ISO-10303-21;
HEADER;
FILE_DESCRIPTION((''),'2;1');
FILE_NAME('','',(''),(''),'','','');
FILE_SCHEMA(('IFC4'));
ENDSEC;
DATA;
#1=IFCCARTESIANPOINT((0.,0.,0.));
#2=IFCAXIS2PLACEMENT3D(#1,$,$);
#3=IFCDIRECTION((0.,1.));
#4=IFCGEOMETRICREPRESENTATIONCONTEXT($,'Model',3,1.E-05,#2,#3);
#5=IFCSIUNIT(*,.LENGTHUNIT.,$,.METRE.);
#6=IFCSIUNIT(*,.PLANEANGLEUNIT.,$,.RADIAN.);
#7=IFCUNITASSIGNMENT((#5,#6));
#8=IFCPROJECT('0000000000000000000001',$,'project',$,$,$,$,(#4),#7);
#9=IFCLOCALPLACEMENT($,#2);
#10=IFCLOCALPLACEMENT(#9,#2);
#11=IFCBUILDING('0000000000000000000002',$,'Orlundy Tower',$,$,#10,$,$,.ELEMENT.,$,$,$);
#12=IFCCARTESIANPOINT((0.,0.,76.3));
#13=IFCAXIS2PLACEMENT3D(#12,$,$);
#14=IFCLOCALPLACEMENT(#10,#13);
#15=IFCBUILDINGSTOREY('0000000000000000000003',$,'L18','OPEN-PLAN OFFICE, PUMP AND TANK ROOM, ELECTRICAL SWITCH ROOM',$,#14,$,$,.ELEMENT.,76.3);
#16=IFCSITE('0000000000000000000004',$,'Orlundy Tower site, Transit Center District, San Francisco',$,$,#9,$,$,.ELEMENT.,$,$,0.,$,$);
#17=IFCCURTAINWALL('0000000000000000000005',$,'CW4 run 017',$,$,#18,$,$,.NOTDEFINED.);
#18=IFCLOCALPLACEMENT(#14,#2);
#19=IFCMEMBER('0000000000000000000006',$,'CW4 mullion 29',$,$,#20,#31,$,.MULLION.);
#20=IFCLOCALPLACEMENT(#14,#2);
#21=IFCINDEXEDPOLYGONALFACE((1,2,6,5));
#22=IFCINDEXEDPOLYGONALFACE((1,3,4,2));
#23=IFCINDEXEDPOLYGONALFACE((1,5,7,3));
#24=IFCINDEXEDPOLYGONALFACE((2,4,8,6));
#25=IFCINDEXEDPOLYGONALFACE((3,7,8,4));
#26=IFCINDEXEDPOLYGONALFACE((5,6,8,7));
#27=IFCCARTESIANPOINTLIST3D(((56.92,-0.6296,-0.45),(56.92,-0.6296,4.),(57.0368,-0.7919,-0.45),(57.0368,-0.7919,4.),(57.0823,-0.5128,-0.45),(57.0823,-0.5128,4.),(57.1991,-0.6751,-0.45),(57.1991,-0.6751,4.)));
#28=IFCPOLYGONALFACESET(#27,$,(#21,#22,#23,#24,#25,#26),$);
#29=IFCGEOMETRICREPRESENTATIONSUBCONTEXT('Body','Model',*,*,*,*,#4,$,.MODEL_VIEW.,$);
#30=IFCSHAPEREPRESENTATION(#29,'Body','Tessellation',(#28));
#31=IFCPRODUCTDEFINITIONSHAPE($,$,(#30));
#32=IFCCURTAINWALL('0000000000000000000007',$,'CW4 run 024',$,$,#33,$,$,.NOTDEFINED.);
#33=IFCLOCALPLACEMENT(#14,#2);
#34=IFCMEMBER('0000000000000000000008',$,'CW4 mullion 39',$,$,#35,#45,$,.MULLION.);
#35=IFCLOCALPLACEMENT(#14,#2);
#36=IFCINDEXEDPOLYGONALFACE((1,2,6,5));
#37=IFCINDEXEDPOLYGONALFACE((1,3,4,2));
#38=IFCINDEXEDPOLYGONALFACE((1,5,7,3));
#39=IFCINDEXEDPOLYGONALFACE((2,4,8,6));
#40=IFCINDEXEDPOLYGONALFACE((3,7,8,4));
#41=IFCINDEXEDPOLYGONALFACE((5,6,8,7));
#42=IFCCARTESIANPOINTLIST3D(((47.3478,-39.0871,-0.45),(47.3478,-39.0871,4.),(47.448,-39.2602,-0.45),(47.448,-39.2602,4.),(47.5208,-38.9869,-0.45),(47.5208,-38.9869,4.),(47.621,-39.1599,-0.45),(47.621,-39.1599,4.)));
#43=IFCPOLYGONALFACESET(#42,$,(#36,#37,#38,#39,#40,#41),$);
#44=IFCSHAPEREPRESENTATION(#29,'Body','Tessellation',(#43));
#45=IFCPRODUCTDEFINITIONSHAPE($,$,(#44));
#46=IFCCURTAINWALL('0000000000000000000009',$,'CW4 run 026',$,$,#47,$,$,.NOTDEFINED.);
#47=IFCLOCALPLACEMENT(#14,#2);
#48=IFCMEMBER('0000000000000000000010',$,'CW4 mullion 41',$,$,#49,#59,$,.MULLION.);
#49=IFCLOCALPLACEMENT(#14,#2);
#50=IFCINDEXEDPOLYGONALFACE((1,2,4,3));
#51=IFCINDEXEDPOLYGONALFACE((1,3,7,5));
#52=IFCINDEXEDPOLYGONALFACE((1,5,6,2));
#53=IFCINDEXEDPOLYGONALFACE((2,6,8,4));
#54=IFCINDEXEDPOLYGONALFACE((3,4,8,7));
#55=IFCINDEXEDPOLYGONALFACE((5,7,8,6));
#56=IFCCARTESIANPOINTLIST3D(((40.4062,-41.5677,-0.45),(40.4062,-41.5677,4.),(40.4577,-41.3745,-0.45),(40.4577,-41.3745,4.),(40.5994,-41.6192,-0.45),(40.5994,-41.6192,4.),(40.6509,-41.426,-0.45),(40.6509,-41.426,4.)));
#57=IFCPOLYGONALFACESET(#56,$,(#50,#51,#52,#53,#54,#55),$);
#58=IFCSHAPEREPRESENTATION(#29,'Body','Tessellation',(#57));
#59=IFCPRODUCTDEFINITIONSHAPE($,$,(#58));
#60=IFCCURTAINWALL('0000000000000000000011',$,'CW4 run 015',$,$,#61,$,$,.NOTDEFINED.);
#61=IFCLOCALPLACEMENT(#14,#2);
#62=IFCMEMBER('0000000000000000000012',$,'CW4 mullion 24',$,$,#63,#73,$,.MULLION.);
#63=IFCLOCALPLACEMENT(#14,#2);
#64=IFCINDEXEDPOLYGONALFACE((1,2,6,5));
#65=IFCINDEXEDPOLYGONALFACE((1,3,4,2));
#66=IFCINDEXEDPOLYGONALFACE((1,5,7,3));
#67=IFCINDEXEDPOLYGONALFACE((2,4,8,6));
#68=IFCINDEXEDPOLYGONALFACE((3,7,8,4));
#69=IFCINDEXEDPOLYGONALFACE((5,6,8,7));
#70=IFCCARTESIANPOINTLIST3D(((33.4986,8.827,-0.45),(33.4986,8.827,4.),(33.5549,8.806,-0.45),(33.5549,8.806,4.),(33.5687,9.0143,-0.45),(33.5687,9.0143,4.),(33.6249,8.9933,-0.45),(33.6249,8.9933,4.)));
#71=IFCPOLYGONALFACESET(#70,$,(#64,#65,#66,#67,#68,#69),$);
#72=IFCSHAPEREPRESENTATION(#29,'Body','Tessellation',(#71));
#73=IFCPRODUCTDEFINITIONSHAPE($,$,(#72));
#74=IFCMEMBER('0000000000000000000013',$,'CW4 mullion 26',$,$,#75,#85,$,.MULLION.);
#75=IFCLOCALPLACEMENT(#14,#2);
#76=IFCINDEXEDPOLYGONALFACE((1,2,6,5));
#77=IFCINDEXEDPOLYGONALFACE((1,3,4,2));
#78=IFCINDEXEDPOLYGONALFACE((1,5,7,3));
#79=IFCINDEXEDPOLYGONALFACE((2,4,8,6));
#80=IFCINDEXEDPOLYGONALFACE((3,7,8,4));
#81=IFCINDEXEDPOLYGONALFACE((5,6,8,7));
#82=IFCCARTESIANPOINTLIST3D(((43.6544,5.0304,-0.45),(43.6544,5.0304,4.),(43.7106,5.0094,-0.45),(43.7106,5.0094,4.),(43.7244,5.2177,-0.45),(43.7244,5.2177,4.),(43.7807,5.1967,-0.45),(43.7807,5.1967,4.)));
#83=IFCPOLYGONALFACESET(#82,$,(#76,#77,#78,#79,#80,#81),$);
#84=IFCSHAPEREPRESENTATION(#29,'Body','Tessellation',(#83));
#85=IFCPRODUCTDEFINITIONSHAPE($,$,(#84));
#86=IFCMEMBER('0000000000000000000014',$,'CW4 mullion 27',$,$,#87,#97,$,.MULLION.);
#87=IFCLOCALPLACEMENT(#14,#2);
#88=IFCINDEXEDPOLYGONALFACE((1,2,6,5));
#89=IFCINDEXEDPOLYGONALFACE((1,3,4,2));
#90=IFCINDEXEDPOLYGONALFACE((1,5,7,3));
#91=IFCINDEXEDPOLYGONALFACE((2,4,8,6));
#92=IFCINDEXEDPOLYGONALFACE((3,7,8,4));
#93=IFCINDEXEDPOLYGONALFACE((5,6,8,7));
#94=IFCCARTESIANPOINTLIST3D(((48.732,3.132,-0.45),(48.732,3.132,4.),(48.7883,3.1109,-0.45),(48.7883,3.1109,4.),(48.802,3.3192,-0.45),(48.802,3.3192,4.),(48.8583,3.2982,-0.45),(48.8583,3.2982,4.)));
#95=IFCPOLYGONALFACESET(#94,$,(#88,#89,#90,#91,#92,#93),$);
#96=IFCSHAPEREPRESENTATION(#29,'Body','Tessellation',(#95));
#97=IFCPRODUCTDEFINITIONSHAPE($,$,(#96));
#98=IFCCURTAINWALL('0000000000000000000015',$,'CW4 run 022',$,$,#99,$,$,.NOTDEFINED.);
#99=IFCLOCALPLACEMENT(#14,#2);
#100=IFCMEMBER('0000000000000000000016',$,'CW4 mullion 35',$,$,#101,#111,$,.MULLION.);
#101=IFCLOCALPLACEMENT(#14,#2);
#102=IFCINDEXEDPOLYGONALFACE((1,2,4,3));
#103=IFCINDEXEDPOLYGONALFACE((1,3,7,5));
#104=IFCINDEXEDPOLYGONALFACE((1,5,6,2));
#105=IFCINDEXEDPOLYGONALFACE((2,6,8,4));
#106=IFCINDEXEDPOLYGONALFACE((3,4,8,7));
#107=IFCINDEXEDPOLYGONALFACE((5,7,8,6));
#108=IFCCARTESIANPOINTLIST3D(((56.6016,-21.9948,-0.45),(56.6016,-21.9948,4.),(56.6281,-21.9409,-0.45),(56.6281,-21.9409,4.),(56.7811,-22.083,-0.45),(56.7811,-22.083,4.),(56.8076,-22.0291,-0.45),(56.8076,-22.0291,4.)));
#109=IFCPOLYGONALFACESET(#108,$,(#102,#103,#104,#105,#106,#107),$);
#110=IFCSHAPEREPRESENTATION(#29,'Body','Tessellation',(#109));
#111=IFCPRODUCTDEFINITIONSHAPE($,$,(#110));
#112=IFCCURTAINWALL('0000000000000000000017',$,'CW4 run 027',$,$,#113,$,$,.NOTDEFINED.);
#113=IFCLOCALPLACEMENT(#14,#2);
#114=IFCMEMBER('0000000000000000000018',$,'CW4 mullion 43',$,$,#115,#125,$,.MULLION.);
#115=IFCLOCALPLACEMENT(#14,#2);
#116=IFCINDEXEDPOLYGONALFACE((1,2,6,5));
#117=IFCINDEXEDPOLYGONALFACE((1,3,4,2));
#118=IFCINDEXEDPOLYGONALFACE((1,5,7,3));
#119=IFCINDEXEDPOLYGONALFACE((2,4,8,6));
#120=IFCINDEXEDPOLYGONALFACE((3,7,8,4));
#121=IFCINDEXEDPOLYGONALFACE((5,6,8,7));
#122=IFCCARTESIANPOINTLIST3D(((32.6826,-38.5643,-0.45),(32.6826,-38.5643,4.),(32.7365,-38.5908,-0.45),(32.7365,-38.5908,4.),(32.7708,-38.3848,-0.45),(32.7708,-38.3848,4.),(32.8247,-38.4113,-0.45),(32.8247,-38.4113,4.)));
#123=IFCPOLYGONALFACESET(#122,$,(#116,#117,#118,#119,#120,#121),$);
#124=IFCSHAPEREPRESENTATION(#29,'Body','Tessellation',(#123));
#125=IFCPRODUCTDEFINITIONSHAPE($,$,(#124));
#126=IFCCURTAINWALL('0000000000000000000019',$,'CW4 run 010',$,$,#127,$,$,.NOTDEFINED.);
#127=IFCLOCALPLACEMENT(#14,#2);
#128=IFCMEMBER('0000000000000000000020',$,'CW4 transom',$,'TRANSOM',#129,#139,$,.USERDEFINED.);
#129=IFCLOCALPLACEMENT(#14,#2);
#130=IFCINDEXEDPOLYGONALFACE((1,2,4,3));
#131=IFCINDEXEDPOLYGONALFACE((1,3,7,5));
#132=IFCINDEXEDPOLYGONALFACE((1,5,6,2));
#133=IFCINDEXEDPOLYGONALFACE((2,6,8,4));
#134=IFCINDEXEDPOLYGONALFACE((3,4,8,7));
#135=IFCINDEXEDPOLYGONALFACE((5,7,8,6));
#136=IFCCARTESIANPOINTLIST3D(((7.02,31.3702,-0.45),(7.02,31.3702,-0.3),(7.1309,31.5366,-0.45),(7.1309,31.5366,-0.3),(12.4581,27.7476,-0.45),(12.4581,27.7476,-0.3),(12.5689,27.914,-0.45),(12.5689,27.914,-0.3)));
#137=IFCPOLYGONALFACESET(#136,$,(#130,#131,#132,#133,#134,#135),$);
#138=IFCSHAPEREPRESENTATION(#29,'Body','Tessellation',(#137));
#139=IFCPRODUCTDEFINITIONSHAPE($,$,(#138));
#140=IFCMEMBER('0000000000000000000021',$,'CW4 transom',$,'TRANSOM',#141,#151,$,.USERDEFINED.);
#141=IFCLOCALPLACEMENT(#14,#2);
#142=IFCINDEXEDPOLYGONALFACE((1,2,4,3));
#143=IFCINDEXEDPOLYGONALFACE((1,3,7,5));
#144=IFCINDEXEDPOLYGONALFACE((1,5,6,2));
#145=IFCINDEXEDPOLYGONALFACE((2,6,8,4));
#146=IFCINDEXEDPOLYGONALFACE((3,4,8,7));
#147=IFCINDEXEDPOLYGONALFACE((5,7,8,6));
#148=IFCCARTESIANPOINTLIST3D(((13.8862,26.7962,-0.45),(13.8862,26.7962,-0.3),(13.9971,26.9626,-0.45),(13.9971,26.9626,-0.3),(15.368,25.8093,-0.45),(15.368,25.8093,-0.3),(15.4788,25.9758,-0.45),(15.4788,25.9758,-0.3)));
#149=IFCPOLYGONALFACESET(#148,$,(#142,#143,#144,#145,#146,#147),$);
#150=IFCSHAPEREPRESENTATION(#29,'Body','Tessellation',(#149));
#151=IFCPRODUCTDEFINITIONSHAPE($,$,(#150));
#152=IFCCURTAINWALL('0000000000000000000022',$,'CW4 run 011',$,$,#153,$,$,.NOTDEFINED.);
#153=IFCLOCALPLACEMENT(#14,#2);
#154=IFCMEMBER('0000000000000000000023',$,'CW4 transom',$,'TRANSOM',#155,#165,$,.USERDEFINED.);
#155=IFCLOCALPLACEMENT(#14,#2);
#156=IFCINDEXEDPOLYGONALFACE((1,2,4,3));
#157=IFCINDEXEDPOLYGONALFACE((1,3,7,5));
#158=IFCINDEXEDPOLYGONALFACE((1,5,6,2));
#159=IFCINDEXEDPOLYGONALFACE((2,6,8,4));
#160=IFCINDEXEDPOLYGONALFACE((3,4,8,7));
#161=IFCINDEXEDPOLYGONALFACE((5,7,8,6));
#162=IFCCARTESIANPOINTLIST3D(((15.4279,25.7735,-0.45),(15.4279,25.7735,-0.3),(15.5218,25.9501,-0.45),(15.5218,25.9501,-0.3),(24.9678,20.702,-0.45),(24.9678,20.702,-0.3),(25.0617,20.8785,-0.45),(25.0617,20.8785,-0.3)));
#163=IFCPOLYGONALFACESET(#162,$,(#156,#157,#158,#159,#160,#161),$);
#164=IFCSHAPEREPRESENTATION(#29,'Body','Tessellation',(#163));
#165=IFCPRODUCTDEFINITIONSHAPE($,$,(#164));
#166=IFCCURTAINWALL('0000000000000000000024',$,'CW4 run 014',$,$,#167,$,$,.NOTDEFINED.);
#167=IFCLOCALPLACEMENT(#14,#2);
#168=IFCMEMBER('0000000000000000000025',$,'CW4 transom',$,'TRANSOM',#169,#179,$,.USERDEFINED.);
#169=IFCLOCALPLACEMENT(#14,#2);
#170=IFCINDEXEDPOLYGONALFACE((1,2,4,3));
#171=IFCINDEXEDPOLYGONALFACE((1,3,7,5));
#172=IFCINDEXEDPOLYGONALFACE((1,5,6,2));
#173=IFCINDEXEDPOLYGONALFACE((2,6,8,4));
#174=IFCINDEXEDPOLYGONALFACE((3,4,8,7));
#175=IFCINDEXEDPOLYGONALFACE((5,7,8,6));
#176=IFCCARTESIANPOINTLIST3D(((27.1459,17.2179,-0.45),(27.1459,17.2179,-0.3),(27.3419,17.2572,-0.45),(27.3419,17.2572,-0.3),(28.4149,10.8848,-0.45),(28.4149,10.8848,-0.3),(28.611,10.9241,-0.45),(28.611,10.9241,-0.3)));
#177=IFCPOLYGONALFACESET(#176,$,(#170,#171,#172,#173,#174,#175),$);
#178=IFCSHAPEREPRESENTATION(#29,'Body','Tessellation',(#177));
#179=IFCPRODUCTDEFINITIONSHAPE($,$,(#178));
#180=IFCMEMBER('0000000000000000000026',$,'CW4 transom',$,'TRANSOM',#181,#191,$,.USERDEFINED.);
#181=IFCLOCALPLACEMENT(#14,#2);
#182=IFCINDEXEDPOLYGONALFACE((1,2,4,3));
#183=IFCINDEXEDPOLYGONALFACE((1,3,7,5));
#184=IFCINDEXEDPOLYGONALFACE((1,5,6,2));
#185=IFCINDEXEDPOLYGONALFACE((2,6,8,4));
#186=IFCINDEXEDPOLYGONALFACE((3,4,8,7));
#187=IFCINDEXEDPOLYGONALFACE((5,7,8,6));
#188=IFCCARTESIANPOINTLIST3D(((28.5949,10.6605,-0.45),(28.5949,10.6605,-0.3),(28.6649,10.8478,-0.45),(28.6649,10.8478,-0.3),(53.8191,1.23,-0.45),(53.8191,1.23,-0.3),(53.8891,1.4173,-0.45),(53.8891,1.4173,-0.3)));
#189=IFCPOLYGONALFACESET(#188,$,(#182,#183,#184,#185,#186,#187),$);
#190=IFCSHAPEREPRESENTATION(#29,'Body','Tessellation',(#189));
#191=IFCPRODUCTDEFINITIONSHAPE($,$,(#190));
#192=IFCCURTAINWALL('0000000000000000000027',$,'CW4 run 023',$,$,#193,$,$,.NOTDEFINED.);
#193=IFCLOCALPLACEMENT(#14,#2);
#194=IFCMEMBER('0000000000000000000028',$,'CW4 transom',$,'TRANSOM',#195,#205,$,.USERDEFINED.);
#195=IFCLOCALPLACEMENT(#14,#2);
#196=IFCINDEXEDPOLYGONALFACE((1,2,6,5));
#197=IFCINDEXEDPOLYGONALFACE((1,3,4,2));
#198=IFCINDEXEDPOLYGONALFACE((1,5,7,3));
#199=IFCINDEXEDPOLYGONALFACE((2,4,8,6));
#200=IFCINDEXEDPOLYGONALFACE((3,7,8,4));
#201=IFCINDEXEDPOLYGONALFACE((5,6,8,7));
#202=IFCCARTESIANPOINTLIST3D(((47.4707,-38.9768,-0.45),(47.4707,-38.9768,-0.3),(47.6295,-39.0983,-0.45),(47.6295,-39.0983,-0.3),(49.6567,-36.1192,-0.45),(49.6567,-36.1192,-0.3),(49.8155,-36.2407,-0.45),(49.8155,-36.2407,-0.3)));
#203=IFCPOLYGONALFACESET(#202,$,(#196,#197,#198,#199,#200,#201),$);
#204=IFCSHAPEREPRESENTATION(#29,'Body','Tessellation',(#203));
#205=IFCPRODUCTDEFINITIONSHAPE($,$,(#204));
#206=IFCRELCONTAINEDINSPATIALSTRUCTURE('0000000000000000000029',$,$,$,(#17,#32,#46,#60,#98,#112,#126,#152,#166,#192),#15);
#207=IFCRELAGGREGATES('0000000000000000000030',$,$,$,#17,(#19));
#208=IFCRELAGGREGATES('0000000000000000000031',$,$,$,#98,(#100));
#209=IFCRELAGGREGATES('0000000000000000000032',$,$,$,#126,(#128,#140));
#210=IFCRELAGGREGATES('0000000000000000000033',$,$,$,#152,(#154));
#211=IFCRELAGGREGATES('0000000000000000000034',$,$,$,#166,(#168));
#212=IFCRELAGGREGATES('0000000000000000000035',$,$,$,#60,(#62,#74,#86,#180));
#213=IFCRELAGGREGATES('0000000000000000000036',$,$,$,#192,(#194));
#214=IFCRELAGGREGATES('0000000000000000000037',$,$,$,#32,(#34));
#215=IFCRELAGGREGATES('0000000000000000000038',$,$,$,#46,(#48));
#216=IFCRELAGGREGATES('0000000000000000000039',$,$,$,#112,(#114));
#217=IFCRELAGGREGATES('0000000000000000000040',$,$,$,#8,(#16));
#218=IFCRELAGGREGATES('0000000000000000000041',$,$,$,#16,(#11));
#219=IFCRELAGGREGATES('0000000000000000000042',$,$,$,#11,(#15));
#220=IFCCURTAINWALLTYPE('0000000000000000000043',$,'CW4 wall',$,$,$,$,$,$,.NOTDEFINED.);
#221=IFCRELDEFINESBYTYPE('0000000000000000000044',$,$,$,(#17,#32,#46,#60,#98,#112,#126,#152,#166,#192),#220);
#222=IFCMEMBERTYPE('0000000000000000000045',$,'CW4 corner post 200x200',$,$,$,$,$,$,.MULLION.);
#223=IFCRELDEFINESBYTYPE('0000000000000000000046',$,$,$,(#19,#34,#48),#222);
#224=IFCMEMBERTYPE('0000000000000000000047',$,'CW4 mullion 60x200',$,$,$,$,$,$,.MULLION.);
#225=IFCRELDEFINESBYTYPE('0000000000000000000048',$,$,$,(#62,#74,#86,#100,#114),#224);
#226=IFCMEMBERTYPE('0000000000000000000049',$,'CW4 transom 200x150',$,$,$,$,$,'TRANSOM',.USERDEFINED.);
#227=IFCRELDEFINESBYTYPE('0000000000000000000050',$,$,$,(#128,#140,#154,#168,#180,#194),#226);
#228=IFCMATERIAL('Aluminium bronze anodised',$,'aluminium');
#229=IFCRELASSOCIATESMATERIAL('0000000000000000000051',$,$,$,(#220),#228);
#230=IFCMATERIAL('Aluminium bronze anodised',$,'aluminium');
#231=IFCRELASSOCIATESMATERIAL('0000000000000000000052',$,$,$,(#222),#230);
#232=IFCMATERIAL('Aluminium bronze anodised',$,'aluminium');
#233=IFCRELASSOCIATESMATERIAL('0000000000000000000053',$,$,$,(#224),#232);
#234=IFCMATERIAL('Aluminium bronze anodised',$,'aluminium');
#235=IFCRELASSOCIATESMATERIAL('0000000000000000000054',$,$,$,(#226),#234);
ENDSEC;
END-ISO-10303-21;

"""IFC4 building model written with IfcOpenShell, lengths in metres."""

from ifc_helpers import new_model, si_unit, direction, frame, origin, origin_2d, place, context, subcontext, project, spatial, rectangle, extrude, material, material_profile, profile_set, type_object, element, aggregate, save


model = new_model("IFC4")

# Units and contexts
model_context = context("Model", 3, precision=1e-05, world=origin(), true_north=direction((0.0, 1.0)))
body_context = subcontext(model_context, "Body", "Model", "MODEL_VIEW")
ifc_project = project(units=[si_unit("LENGTHUNIT", "METRE"), si_unit("PLANEANGLEUNIT", "RADIAN")], contexts=[model_context])

# Site, building, storey
site_placement = place(None, origin())
site = spatial("IfcSite", under=ifc_project, at=site_placement, Name="Orlundy Tower site, Transit Center District, San Francisco", CompositionType="ELEMENT", RefElevation=0.0)
building_placement = place(site_placement, origin())
building = spatial("IfcBuilding", under=site, at=building_placement, Name="Orlundy Tower", CompositionType="ELEMENT")
storey_placement = place(building_placement, frame((0.0, 0.0, 76.3)))
storey = spatial("IfcBuildingStorey", under=building, at=storey_placement, Name="L18", Description="OPEN-PLAN OFFICE, PUMP AND TANK ROOM, ELECTRICAL SWITCH ROOM", CompositionType="ELEMENT", Elevation=76.3)

# Curtain walls, members
ifc_material_1 = material(Name="Aluminium bronze anodised", Category="aluminium")
curtain_wall_type = type_object("IfcCurtainWallType", Name="CW4 wall", PredefinedType="NOTDEFINED", material=ifc_material_1)
curtain_wall_1_placement = place(storey_placement, origin())
curtain_wall_1 = element("IfcCurtainWall", 1, at=curtain_wall_1_placement, inside=storey, type_object=curtain_wall_type, Name="CW4 run 017", PredefinedType="NOTDEFINED")
ifc_material_2 = material(Name="Aluminium bronze anodised", Category="aluminium")
ifc_material_profile_1 = material_profile(ifc_material_2, rectangle(XDim=0.2, YDim=0.2, at=origin_2d()), Name="CW4 corner post 200x200")
ifc_profile_set_1 = profile_set([ifc_material_profile_1], Name="Aluminium bronze anodised")
member_type_1 = type_object("IfcMemberType", Name="CW4 corner post 200x200", PredefinedType="MULLION", material=ifc_profile_set_1)
member_1_placement = place(storey_placement, frame((57.0596, -0.6523, -0.45), z_axis=(0.0, 0.0, 1.0), x_axis=(0.811724, 0.584042, 0.0)))
member_1 = element("IfcMember", 2, at=member_1_placement, type_object=member_type_1, Name="CW4 mullion 29", PredefinedType="MULLION", context=body_context, shape_type="SweptSolid", body=[
    extrude(rectangle(XDim=0.2, YDim=0.2, at=origin_2d()), origin(), (0.0, 0.0, 1.0), 4.45),
])
aggregate(curtain_wall_1, [member_1])
curtain_wall_2_placement = place(storey_placement, origin())
curtain_wall_2 = element("IfcCurtainWall", 3, at=curtain_wall_2_placement, inside=storey, type_object=curtain_wall_type, Name="CW4 run 024", PredefinedType="NOTDEFINED")
member_2_placement = place(storey_placement, frame((47.4844, -39.1235, -0.45), z_axis=(0.0, 0.0, 1.0), x_axis=(0.501302, -0.865272, 0.0)))
member_2 = element("IfcMember", 4, at=member_2_placement, type_object=member_type_1, Name="CW4 mullion 39", PredefinedType="MULLION", context=body_context, shape_type="SweptSolid", body=[
    extrude(rectangle(XDim=0.2, YDim=0.2, at=origin_2d()), origin(), (0.0, 0.0, 1.0), 4.45),
])
curtain_wall_3_placement = place(storey_placement, origin())
curtain_wall_3 = element("IfcCurtainWall", 5, at=curtain_wall_3_placement, inside=storey, type_object=curtain_wall_type, Name="CW4 run 026", PredefinedType="NOTDEFINED")
member_3_placement = place(storey_placement, frame((40.5286, -41.4968, -0.45), z_axis=(0.0, 0.0, 1.0), x_axis=(-0.257679, -0.96623, 0.0)))
member_3 = element("IfcMember", 6, at=member_3_placement, type_object=member_type_1, Name="CW4 mullion 41", PredefinedType="MULLION", context=body_context, shape_type="SweptSolid", body=[
    extrude(rectangle(XDim=0.2, YDim=0.2, at=origin_2d()), origin(), (0.0, 0.0, 1.0), 4.45),
])

# Curtain wall, members
curtain_wall_4_placement = place(storey_placement, origin())
curtain_wall_4 = element("IfcCurtainWall", 7, at=curtain_wall_4_placement, inside=storey, type_object=curtain_wall_type, Name="CW4 run 015", PredefinedType="NOTDEFINED")
ifc_material_3 = material(Name="Aluminium bronze anodised", Category="aluminium")
ifc_material_profile_2 = material_profile(ifc_material_3, rectangle(XDim=0.2, YDim=0.0601, at=origin_2d()), Name="CW4 mullion 60x200")
ifc_profile_set_2 = profile_set([ifc_material_profile_2], Name="Aluminium bronze anodised")
member_type_2 = type_object("IfcMemberType", Name="CW4 mullion 60x200", PredefinedType="MULLION", material=ifc_profile_set_2)
member_4_placement = place(storey_placement, frame((33.5618, 8.9102, -0.45), z_axis=(0.0, 0.0, 1.0), x_axis=(0.350189, 0.936679, 0.0)))
member_4 = element("IfcMember", 8, at=member_4_placement, type_object=member_type_2, Name="CW4 mullion 24", PredefinedType="MULLION", context=body_context, shape_type="SweptSolid", body=[
    extrude(rectangle(XDim=0.2, YDim=0.0601, at=origin_2d()), origin(), (0.0, 0.0, 1.0), 4.45),
])
member_5_placement = place(storey_placement, frame((43.7175, 5.1135, -0.45), z_axis=(0.0, 0.0, 1.0), x_axis=(0.350189, 0.936679, 0.0)))
member_5 = element("IfcMember", 9, at=member_5_placement, type_object=member_type_2, Name="CW4 mullion 26", PredefinedType="MULLION", context=body_context, shape_type="SweptSolid", body=[
    extrude(rectangle(XDim=0.2, YDim=0.0601, at=origin_2d()), origin(), (0.0, 0.0, 1.0), 4.45),
])
member_6_placement = place(storey_placement, frame((48.7952, 3.2151, -0.45), z_axis=(0.0, 0.0, 1.0), x_axis=(0.350189, 0.936679, 0.0)))
member_6 = element("IfcMember", 10, at=member_6_placement, type_object=member_type_2, Name="CW4 mullion 27", PredefinedType="MULLION", context=body_context, shape_type="SweptSolid", body=[
    extrude(rectangle(XDim=0.2, YDim=0.0601, at=origin_2d()), origin(), (0.0, 0.0, 1.0), 4.45),
])

# Curtain walls, members
curtain_wall_5_placement = place(storey_placement, origin())
curtain_wall_5 = element("IfcCurtainWall", 11, at=curtain_wall_5_placement, inside=storey, type_object=curtain_wall_type, Name="CW4 run 022", PredefinedType="NOTDEFINED")
member_7_placement = place(storey_placement, frame((56.7046, -22.012, -0.45), z_axis=(0.0, 0.0, 1.0), x_axis=(0.897501, -0.441012, 0.0)))
member_7 = element("IfcMember", 12, at=member_7_placement, type_object=member_type_2, Name="CW4 mullion 35", PredefinedType="MULLION", context=body_context, shape_type="SweptSolid", body=[
    extrude(rectangle(XDim=0.2, YDim=0.0601, at=origin_2d()), origin(), (0.0, 0.0, 1.0), 4.45),
])
aggregate(curtain_wall_5, [member_7])
curtain_wall_6_placement = place(storey_placement, origin())
curtain_wall_6 = element("IfcCurtainWall", 13, at=curtain_wall_6_placement, inside=storey, type_object=curtain_wall_type, Name="CW4 run 027", PredefinedType="NOTDEFINED")
member_8_placement = place(storey_placement, frame((32.7537, -38.4878, -0.45), z_axis=(0.0, 0.0, 1.0), x_axis=(-0.440969, -0.897522, 0.0)))
member_8 = element("IfcMember", 14, at=member_8_placement, type_object=member_type_2, Name="CW4 mullion 43", PredefinedType="MULLION", context=body_context, shape_type="SweptSolid", body=[
    extrude(rectangle(XDim=0.2, YDim=0.0601, at=origin_2d()), origin(), (0.0, 0.0, 1.0), 4.45),
])

# Curtain wall, members
curtain_wall_7_placement = place(storey_placement, origin())
curtain_wall_7 = element("IfcCurtainWall", 15, at=curtain_wall_7_placement, inside=storey, type_object=curtain_wall_type, Name="CW4 run 010", PredefinedType="NOTDEFINED")
ifc_material_4 = material(Name="Aluminium bronze anodised", Category="aluminium")
ifc_material_profile_3 = material_profile(ifc_material_4, rectangle(XDim=0.2, YDim=0.1499, at=origin_2d()), Name="CW4 transom 200x150")
ifc_profile_set_3 = profile_set([ifc_material_profile_3], Name="Aluminium bronze anodised")
member_type_3 = type_object("IfcMemberType", Name="CW4 transom 200x150", ElementType="TRANSOM", PredefinedType="USERDEFINED", material=ifc_profile_set_3)
member_9_placement = place(storey_placement, frame((7.0754, 31.4534, -0.375), z_axis=(0.832246, -0.554407, 0.0), x_axis=(0.554407, 0.832246, 0.0)))
member_9 = element("IfcMember", 16, at=member_9_placement, type_object=member_type_3, Name="CW4 transom", ObjectType="TRANSOM", PredefinedType="USERDEFINED", context=body_context, shape_type="SweptSolid", body=[
    extrude(rectangle(XDim=0.2, YDim=0.1499, at=origin_2d()), origin(), (0.0, 0.0, 1.0), 6.5342),
])
member_10_placement = place(storey_placement, frame((13.9417, 26.8794, -0.375), z_axis=(0.832303, -0.55432, 0.0), x_axis=(0.55432, 0.832303, 0.0)))
member_10 = element("IfcMember", 17, at=member_10_placement, type_object=member_type_3, Name="CW4 transom", ObjectType="TRANSOM", PredefinedType="USERDEFINED", context=body_context, shape_type="SweptSolid", body=[
    extrude(rectangle(XDim=0.2, YDim=0.1499, at=origin_2d()), origin(), (0.0, 0.0, 1.0), 1.7803),
])
aggregate(curtain_wall_7, [member_9, member_10])

# Curtain walls, members
curtain_wall_8_placement = place(storey_placement, origin())
curtain_wall_8 = element("IfcCurtainWall", 18, at=curtain_wall_8_placement, inside=storey, type_object=curtain_wall_type, Name="CW4 run 011", PredefinedType="NOTDEFINED")
member_11_placement = place(storey_placement, frame((15.4749, 25.8618, -0.375), z_axis=(0.882981, -0.469409, 0.0), x_axis=(0.469409, 0.882981, 0.0)))
member_11 = element("IfcMember", 19, at=member_11_placement, type_object=member_type_3, Name="CW4 transom", ObjectType="TRANSOM", PredefinedType="USERDEFINED", context=body_context, shape_type="SweptSolid", body=[
    extrude(rectangle(XDim=0.2, YDim=0.1499, at=origin_2d()), origin(), (0.0, 0.0, 1.0), 10.8042),
])
aggregate(curtain_wall_8, [member_11])
curtain_wall_9_placement = place(storey_placement, origin())
curtain_wall_9 = element("IfcCurtainWall", 20, at=curtain_wall_9_placement, inside=storey, type_object=curtain_wall_type, Name="CW4 run 014", PredefinedType="NOTDEFINED")
member_12_placement = place(storey_placement, frame((27.2439, 17.2375, -0.375), z_axis=(0.19648, -0.980508, 0.0), x_axis=(0.980508, 0.19648, 0.0)))
member_12 = element("IfcMember", 21, at=member_12_placement, type_object=member_type_3, Name="CW4 transom", ObjectType="TRANSOM", PredefinedType="USERDEFINED", context=body_context, shape_type="SweptSolid", body=[
    extrude(rectangle(XDim=0.2, YDim=0.1499, at=origin_2d()), origin(), (0.0, 0.0, 1.0), 6.459),
])
aggregate(curtain_wall_9, [member_12])

# Member
member_13_placement = place(storey_placement, frame((28.6299, 10.7542, -0.375), z_axis=(0.936678, -0.350191, 0.0), x_axis=(0.350191, 0.936678, 0.0)))
member_13 = element("IfcMember", 22, at=member_13_placement, type_object=member_type_3, Name="CW4 transom", ObjectType="TRANSOM", PredefinedType="USERDEFINED", context=body_context, shape_type="SweptSolid", body=[
    extrude(rectangle(XDim=0.2, YDim=0.1499, at=origin_2d()), origin(), (0.0, 0.0, 1.0), 26.9294),
])
aggregate(curtain_wall_4, [member_4, member_5, member_6, member_13])

# Curtain wall, member
curtain_wall_10_placement = place(storey_placement, origin())
curtain_wall_10 = element("IfcCurtainWall", 23, at=curtain_wall_10_placement, inside=storey, type_object=curtain_wall_type, Name="CW4 run 023", PredefinedType="NOTDEFINED")
member_14_placement = place(storey_placement, frame((49.7361, -36.1799, -0.375), z_axis=(-0.607584, -0.794256, 0.0), x_axis=(0.794256, -0.607584, 0.0)))
member_14 = element("IfcMember", 24, at=member_14_placement, type_object=member_type_3, Name="CW4 transom", ObjectType="TRANSOM", PredefinedType="USERDEFINED", context=body_context, shape_type="SweptSolid", body=[
    extrude(rectangle(XDim=0.2, YDim=0.1499, at=origin_2d()), origin(), (0.0, 0.0, 1.0), 3.5979),
])
aggregate(curtain_wall_10, [member_14])

aggregate(curtain_wall_2, [member_2])

aggregate(curtain_wall_3, [member_3])
aggregate(curtain_wall_6, [member_8])

save(model, "model.ifc")
